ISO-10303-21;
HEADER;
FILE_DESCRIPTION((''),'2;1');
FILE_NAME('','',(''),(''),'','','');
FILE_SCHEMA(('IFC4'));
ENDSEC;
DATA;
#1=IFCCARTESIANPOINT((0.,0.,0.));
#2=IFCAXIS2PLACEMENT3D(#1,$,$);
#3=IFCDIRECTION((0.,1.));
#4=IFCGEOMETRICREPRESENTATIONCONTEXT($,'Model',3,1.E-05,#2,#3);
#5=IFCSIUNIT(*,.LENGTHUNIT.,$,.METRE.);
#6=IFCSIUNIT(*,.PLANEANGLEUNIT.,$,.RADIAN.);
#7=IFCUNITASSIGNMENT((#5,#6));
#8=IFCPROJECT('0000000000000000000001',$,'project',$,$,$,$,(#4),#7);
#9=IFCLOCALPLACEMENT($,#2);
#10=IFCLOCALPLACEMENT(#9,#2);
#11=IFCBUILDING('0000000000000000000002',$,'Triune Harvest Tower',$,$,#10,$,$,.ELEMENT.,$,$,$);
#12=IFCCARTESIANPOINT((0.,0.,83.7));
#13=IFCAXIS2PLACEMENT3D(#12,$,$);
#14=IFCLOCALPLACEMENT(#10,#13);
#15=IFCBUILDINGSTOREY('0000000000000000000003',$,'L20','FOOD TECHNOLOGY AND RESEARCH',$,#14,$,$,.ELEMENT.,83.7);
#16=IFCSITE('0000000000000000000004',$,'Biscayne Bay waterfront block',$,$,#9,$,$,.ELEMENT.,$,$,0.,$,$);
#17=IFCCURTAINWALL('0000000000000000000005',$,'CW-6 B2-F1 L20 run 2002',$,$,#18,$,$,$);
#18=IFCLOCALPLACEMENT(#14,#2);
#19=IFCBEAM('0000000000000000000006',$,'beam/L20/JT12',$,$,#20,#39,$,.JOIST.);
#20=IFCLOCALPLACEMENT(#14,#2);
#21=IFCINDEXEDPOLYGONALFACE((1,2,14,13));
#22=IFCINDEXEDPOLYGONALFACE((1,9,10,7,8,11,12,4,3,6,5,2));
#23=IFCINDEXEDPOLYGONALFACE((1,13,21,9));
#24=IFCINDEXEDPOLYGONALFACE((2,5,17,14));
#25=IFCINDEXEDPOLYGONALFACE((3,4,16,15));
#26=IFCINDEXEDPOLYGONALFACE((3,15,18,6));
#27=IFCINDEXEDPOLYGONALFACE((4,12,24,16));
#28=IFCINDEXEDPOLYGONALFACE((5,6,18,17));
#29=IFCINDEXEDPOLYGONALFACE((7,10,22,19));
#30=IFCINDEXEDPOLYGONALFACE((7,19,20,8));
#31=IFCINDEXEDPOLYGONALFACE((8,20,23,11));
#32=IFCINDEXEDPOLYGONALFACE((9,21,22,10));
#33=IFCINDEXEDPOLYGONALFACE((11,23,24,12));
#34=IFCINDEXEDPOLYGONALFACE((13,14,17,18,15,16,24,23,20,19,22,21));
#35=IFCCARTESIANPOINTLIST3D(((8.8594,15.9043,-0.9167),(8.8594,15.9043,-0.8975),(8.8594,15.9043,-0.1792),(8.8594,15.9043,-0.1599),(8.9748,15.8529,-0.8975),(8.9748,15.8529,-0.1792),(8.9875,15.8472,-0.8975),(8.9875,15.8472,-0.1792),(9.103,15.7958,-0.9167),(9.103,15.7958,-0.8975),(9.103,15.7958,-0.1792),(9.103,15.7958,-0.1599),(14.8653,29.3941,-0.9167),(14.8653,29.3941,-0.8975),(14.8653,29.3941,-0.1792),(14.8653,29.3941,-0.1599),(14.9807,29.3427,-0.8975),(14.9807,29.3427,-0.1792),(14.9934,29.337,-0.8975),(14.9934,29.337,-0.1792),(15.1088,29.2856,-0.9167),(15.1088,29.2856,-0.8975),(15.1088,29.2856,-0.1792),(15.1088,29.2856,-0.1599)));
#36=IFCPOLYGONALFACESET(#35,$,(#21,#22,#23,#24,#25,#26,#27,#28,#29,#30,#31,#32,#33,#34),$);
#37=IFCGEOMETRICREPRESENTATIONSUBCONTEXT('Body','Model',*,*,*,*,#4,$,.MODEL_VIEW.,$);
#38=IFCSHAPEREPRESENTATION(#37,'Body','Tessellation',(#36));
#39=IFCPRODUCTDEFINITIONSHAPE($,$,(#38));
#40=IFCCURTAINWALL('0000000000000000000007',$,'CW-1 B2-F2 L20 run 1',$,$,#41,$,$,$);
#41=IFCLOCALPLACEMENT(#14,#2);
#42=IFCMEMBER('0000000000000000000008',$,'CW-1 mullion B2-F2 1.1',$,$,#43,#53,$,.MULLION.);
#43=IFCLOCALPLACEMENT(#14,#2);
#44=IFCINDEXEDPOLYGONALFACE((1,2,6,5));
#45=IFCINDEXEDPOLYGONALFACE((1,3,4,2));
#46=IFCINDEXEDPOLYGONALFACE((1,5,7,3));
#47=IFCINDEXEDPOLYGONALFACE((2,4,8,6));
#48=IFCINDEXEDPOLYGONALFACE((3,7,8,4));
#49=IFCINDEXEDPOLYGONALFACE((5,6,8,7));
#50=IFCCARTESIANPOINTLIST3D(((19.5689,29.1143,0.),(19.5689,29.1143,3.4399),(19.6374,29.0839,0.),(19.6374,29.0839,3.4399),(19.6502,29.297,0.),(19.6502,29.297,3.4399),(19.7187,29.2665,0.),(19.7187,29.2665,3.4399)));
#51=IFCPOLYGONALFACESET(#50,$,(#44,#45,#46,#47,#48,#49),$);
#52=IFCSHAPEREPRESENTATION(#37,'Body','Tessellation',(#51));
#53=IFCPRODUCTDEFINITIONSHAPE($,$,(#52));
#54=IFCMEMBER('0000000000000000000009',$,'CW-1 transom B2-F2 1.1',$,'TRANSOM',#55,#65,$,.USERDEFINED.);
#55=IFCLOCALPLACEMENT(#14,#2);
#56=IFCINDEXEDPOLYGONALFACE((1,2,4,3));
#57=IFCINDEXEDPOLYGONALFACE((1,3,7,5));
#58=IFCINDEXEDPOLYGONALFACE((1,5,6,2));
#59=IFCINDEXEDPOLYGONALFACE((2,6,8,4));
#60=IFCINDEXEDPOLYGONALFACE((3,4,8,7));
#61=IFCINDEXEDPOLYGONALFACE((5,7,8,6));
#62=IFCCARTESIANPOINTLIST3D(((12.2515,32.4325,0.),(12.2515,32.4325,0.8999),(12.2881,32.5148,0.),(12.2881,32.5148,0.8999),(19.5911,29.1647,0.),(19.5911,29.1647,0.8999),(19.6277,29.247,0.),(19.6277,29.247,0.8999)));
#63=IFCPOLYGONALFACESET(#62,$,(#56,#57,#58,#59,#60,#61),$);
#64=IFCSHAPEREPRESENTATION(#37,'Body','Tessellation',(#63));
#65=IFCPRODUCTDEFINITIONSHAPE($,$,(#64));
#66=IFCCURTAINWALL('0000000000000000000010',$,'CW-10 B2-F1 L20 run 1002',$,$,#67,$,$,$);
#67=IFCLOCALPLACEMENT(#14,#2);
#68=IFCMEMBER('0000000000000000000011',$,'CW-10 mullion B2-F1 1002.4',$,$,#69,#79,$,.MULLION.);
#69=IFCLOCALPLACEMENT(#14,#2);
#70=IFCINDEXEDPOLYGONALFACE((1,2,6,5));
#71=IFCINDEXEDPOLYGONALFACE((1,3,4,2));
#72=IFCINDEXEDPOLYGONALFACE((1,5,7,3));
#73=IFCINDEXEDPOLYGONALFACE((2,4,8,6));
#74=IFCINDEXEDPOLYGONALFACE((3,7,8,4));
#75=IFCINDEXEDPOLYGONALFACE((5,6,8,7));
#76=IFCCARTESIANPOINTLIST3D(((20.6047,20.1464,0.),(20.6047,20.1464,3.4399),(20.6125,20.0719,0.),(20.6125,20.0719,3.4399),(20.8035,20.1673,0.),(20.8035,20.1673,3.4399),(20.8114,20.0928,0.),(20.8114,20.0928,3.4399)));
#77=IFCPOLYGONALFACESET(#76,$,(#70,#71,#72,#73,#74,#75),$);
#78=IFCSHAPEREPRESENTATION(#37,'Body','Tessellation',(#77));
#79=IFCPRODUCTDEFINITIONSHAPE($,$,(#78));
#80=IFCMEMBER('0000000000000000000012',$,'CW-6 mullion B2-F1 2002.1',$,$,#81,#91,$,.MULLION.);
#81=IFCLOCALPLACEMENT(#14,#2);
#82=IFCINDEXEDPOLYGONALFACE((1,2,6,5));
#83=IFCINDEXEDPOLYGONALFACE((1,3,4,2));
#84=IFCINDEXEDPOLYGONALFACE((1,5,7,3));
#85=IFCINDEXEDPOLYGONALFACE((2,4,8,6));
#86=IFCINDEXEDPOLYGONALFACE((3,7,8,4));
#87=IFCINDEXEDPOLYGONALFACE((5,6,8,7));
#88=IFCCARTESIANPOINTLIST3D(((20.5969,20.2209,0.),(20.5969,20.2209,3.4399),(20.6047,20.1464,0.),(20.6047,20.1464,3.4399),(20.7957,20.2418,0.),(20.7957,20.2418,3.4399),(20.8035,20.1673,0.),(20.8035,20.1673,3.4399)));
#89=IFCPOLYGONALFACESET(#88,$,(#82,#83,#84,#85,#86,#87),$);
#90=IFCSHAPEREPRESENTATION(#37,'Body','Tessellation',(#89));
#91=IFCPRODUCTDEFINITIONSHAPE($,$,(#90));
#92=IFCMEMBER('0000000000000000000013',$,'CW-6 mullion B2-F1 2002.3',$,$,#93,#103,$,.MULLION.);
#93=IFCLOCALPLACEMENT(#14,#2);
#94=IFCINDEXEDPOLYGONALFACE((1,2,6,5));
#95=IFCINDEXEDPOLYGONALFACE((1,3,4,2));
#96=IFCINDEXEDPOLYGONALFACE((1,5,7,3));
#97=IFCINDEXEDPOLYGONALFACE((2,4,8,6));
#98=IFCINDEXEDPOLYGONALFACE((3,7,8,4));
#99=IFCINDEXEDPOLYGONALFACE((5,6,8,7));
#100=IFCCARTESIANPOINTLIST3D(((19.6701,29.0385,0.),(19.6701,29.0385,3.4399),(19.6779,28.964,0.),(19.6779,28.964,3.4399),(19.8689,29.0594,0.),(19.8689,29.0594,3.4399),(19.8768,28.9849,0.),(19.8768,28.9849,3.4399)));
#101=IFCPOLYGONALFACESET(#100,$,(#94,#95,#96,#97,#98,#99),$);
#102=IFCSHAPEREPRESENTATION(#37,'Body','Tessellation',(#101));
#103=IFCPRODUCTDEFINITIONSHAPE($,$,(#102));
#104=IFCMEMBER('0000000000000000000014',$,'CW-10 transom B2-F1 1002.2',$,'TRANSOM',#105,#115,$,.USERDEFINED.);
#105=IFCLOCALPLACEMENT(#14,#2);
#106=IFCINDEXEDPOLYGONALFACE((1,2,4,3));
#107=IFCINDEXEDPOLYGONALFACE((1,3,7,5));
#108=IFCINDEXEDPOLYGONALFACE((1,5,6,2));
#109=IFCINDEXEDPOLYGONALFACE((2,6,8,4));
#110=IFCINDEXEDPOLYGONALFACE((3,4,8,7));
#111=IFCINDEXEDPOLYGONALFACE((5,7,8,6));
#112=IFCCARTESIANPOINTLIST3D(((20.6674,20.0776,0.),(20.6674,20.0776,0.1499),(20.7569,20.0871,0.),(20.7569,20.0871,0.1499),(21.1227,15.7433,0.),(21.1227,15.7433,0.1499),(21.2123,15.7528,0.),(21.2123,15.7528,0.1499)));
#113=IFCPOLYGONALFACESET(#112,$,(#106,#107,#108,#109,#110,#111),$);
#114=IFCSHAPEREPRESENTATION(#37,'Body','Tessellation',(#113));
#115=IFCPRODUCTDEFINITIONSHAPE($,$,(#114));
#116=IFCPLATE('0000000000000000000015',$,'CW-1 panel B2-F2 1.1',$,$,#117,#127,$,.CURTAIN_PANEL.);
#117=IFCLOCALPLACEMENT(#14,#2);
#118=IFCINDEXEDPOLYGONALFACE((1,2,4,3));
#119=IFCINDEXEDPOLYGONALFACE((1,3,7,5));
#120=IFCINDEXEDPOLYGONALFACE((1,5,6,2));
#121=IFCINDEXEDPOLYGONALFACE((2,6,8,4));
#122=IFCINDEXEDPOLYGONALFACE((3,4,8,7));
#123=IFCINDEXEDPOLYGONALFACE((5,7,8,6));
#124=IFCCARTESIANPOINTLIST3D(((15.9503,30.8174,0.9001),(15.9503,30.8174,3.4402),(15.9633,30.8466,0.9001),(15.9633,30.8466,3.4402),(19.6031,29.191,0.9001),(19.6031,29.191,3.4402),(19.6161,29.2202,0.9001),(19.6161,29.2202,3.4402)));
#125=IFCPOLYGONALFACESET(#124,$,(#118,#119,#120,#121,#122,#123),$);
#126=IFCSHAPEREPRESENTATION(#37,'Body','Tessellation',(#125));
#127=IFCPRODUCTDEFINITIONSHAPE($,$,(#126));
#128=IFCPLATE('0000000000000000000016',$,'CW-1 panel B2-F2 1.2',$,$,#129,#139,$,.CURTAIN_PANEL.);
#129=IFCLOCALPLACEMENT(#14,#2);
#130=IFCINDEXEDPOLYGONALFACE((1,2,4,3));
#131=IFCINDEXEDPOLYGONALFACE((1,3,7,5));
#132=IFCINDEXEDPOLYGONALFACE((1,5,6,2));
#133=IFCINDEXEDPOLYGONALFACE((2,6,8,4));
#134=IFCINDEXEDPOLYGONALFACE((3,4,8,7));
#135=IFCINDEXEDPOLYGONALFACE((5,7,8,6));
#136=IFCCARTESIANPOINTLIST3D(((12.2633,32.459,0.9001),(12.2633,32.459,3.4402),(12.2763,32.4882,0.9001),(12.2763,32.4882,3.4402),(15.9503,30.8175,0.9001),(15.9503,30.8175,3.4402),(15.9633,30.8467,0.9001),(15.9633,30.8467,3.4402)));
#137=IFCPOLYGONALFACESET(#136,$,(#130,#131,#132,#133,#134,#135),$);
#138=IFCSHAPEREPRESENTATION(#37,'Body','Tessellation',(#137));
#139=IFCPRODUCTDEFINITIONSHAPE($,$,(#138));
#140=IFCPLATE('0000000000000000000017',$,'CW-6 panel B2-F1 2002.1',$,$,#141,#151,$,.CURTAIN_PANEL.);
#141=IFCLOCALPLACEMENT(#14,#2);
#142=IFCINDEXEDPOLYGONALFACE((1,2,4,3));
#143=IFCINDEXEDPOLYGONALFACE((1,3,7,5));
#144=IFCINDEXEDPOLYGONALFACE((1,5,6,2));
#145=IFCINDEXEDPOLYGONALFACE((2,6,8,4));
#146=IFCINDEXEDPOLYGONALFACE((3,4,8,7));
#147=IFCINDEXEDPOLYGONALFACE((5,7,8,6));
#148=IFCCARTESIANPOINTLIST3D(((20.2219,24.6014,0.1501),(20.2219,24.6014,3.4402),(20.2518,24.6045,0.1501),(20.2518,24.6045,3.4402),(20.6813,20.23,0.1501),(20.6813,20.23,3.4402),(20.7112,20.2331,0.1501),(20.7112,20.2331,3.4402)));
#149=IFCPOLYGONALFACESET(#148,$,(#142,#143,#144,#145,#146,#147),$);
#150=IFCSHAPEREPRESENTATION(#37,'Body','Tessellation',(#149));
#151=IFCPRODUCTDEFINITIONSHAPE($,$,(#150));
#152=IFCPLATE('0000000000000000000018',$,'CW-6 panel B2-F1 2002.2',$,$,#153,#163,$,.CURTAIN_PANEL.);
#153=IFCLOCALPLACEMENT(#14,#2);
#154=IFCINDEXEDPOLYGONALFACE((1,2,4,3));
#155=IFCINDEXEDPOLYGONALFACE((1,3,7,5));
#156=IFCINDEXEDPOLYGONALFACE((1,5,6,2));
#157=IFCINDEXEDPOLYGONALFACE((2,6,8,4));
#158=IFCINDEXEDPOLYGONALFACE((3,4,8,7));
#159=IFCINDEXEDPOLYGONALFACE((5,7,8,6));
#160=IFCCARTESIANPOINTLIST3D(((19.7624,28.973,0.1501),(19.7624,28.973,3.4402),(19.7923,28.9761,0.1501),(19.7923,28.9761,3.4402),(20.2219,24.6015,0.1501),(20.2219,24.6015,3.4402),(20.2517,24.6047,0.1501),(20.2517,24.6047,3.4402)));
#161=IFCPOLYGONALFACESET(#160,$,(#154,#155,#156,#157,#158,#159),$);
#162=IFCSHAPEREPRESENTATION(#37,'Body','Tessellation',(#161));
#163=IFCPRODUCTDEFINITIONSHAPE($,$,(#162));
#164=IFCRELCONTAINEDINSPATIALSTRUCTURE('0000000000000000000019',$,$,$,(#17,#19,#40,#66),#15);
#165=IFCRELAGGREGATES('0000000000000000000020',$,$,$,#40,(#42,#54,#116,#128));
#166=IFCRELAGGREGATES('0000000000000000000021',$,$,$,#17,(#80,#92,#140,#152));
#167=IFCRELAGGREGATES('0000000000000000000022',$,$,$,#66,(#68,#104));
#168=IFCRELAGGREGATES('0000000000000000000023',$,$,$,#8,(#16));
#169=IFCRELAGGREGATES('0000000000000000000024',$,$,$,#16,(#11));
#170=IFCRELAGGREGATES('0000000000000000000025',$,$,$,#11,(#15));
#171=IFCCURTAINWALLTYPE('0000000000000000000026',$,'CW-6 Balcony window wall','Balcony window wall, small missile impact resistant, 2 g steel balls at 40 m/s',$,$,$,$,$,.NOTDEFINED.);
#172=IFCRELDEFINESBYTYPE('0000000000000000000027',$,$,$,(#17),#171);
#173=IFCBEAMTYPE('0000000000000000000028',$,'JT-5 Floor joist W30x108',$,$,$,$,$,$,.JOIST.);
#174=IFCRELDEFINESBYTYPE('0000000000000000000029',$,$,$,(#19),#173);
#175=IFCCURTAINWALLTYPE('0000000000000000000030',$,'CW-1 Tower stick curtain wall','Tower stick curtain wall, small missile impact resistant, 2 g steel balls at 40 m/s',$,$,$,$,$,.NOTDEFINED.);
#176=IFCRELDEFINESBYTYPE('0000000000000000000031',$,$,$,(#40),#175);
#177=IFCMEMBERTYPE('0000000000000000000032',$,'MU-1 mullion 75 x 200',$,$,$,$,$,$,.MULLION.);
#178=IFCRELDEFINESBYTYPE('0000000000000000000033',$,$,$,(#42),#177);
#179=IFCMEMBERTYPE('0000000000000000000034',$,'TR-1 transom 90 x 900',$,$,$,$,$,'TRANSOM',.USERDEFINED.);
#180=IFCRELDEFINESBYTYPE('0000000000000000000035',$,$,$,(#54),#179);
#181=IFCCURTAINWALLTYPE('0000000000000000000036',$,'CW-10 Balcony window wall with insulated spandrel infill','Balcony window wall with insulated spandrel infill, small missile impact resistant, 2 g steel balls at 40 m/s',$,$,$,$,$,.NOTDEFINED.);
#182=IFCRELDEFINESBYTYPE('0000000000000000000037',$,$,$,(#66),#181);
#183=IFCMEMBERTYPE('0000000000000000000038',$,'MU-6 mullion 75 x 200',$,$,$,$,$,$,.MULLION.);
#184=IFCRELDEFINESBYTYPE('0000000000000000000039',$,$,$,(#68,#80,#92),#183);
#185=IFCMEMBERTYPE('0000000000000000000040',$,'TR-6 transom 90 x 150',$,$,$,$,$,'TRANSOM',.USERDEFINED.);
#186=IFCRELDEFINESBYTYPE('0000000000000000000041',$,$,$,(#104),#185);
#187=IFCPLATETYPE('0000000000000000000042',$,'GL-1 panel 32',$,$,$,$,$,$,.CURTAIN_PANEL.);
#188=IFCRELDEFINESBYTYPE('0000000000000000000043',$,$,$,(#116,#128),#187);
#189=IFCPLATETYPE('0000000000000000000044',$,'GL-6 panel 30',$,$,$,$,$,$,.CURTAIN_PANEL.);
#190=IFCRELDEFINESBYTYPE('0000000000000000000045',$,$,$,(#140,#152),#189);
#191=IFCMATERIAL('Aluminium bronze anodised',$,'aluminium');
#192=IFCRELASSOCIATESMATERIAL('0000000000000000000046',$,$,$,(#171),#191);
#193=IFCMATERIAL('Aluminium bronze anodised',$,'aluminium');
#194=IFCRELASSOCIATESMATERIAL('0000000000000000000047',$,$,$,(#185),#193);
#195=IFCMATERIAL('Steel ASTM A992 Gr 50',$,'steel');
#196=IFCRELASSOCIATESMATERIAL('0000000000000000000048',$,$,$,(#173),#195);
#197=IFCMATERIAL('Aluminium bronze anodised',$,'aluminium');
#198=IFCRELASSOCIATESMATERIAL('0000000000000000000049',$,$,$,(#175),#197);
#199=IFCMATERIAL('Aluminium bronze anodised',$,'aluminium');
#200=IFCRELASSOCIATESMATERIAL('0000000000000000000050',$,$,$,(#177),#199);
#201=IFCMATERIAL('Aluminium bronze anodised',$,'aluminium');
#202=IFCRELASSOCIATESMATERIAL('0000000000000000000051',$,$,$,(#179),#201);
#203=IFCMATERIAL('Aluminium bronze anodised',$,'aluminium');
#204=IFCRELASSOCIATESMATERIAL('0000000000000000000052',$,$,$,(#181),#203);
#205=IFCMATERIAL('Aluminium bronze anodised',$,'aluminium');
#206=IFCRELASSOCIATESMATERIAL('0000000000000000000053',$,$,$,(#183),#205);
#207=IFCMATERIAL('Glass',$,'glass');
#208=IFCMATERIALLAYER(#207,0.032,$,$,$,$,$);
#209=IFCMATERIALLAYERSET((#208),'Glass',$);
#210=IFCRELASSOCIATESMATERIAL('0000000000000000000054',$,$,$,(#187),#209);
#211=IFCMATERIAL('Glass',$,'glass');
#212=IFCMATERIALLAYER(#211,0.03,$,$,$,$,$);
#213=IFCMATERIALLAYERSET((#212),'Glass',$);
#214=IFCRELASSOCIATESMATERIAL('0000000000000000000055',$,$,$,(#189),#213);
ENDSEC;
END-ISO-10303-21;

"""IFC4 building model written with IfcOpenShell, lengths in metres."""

from ifc_helpers import new_model, si_unit, direction, frame, origin, origin_2d, place, context, subcontext, project, spatial, rectangle, i_section, extrude, source, transform, mapped, material, layer, layer_set, material_profile, profile_set, type_object, element, aggregate, save


model = new_model("IFC4")

# Units and contexts
model_context = context("Model", 3, precision=1e-05, world=origin(), true_north=direction((0.0, 1.0)))
body_context = subcontext(model_context, "Body", "Model", "MODEL_VIEW")
ifc_project = project(units=[si_unit("LENGTHUNIT", "METRE"), si_unit("PLANEANGLEUNIT", "RADIAN")], contexts=[model_context])

# Site, building, storey
site_placement = place(None, origin())
site = spatial("IfcSite", under=ifc_project, at=site_placement, Name="Biscayne Bay waterfront block", CompositionType="ELEMENT", RefElevation=0.0)
building_placement = place(site_placement, origin())
building = spatial("IfcBuilding", under=site, at=building_placement, Name="Triune Harvest Tower", CompositionType="ELEMENT")
storey_placement = place(building_placement, frame((0.0, 0.0, 83.7)))
storey = spatial("IfcBuildingStorey", under=building, at=storey_placement, Name="L20", Description="FOOD TECHNOLOGY AND RESEARCH", CompositionType="ELEMENT", Elevation=83.7)

# Curtain wall
ifc_material_1 = material(Name="Aluminium bronze anodised", Category="aluminium")
curtain_wall_type_1 = type_object("IfcCurtainWallType", Name="CW-6 Balcony window wall", Description="Balcony window wall, small missile impact resistant, 2 g steel balls at 40 m/s", PredefinedType="NOTDEFINED", material=ifc_material_1)
curtain_wall_1_placement = place(storey_placement, origin())
curtain_wall_1 = element("IfcCurtainWall", 1, at=curtain_wall_1_placement, inside=storey, type_object=curtain_wall_type_1, Name="CW-6 B2-F1 L20 run 2002")
ifc_material_2 = material(Name="Aluminium bronze anodised", Category="aluminium")
ifc_material_profile_1 = material_profile(ifc_material_2, rectangle(XDim=0.0901, YDim=0.1499, at=origin_2d()), Name="TR-6 transom 90 x 150")
ifc_profile_set_1 = profile_set([ifc_material_profile_1], Name="Aluminium bronze anodised")
member_type_1 = type_object("IfcMemberType", Name="TR-6 transom 90 x 150", ElementType="TRANSOM", PredefinedType="USERDEFINED", material=ifc_profile_set_1)

# Beam
ifc_material_3 = material(Name="Steel ASTM A992 Gr 50", Category="steel")
ifc_material_profile_2 = material_profile(ifc_material_3, i_section(OverallWidth=0.2666, OverallDepth=0.7568, WebThickness=0.0139, FlangeThickness=0.0193, at=origin_2d()), Name="W30x108")
ifc_profile_set_2 = profile_set([ifc_material_profile_2], Name="Steel ASTM A992 Gr 50")
beam_type_1 = type_object("IfcBeamType", Name="JT-5 Floor joist W30x108", PredefinedType="JOIST", material=ifc_profile_set_2)
shared_shape_1 = source(origin(), body_context, "Body", "SweptSolid", [
    extrude(i_section(OverallWidth=0.2666, OverallDepth=0.7568, WebThickness=0.0139, FlangeThickness=0.0193, at=origin_2d()), origin(), (0.0, 0.0, 1.0), 14.7664),
])
beam_1_placement = place(storey_placement, frame((14.9871, 29.3398, -0.5383), z_axis=(-0.406727, -0.91355, 0.0), x_axis=(0.91355, -0.406727, 0.0)))
element("IfcBeam", 2, at=beam_1_placement, inside=storey, type_object=beam_type_1, Name="beam/L20/JT12", PredefinedType="JOIST", context=body_context, shape_type="MappedRepresentation", body=[
    mapped(shared_shape_1, transform((0.0, 0.0, 0.0), scale=1.0)),
])

# Curtain wall, members
ifc_material_4 = material(Name="Aluminium bronze anodised", Category="aluminium")
curtain_wall_type_2 = type_object("IfcCurtainWallType", Name="CW-1 Tower stick curtain wall", Description="Tower stick curtain wall, small missile impact resistant, 2 g steel balls at 40 m/s", PredefinedType="NOTDEFINED", material=ifc_material_4)
curtain_wall_2_placement = place(storey_placement, origin())
curtain_wall_2 = element("IfcCurtainWall", 3, at=curtain_wall_2_placement, inside=storey, type_object=curtain_wall_type_2, Name="CW-1 B2-F2 L20 run 1")
ifc_material_5 = material(Name="Aluminium bronze anodised", Category="aluminium")
ifc_material_profile_3 = material_profile(ifc_material_5, rectangle(XDim=0.2, YDim=0.075, at=origin_2d()), Name="MU-1 mullion 75 x 200")
ifc_profile_set_3 = profile_set([ifc_material_profile_3], Name="Aluminium bronze anodised")
member_type_2 = type_object("IfcMemberType", Name="MU-1 mullion 75 x 200", PredefinedType="MULLION", material=ifc_profile_set_3)
shared_shape_2 = source(origin(), body_context, "Body", "SweptSolid", [
    extrude(rectangle(XDim=0.2, YDim=0.075, at=origin_2d()), origin(), (0.0, 0.0, 1.0), 3.4399),
])
member_1_placement = place(storey_placement, frame((19.6438, 29.1904, 0.0), z_axis=(0.0, 0.0, 1.0), x_axis=(-0.406734, -0.913547, 0.0)))
member_1 = element("IfcMember", 4, at=member_1_placement, type_object=member_type_2, Name="CW-1 mullion B2-F2 1.1", PredefinedType="MULLION", context=body_context, shape_type="MappedRepresentation", body=[
    mapped(shared_shape_2, transform((0.0, 0.0, 0.0), scale=1.0)),
])
ifc_material_6 = material(Name="Aluminium bronze anodised", Category="aluminium")
ifc_material_profile_4 = material_profile(ifc_material_6, rectangle(XDim=0.0901, YDim=0.8999, at=origin_2d()), Name="TR-1 transom 90 x 900")
ifc_profile_set_4 = profile_set([ifc_material_profile_4], Name="Aluminium bronze anodised")
member_type_3 = type_object("IfcMemberType", Name="TR-1 transom 90 x 900", ElementType="TRANSOM", PredefinedType="USERDEFINED", material=ifc_profile_set_4)
shared_shape_3 = source(origin(), body_context, "Body", "SweptSolid", [
    extrude(rectangle(XDim=0.0901, YDim=0.8999, at=origin_2d()), origin(), (0.0, 0.0, 1.0), 8.0342),
])
member_2_placement = place(storey_placement, frame((19.6094, 29.2058, 0.45), z_axis=(-0.913544, 0.406739, 0.0), x_axis=(-0.406739, -0.913544, 0.0)))
member_2 = element("IfcMember", 5, at=member_2_placement, type_object=member_type_3, Name="CW-1 transom B2-F2 1.1", ObjectType="TRANSOM", PredefinedType="USERDEFINED", context=body_context, shape_type="MappedRepresentation", body=[
    mapped(shared_shape_3, transform((0.0, 0.0, 0.0), scale=1.0)),
])

# Curtain wall, member
ifc_material_7 = material(Name="Aluminium bronze anodised", Category="aluminium")
curtain_wall_type_3 = type_object("IfcCurtainWallType", Name="CW-10 Balcony window wall with insulated spandrel infill", Description="Balcony window wall with insulated spandrel infill, small missile impact resistant, 2 g steel balls at 40 m/s", PredefinedType="NOTDEFINED", material=ifc_material_7)
curtain_wall_3_placement = place(storey_placement, origin())
curtain_wall_3 = element("IfcCurtainWall", 6, at=curtain_wall_3_placement, inside=storey, type_object=curtain_wall_type_3, Name="CW-10 B2-F1 L20 run 1002")
ifc_material_8 = material(Name="Aluminium bronze anodised", Category="aluminium")
ifc_material_profile_5 = material_profile(ifc_material_8, rectangle(XDim=0.2, YDim=0.075, at=origin_2d()), Name="MU-6 mullion 75 x 200")
ifc_profile_set_5 = profile_set([ifc_material_profile_5], Name="Aluminium bronze anodised")
member_type_4 = type_object("IfcMemberType", Name="MU-6 mullion 75 x 200", PredefinedType="MULLION", material=ifc_profile_set_5)
shared_shape_4 = source(origin(), body_context, "Body", "SweptSolid", [
    extrude(rectangle(XDim=0.2, YDim=0.075, at=origin_2d()), origin(), (0.0, 0.0, 1.0), 3.4399),
])
member_3_placement = place(storey_placement, frame((20.708, 20.1196, 0.0), z_axis=(0.0, 0.0, 1.0), x_axis=(-0.994522, -0.104528, 0.0)))
member_3 = element("IfcMember", 7, at=member_3_placement, type_object=member_type_4, Name="CW-10 mullion B2-F1 1002.4", PredefinedType="MULLION", context=body_context, shape_type="MappedRepresentation", body=[
    mapped(shared_shape_4, transform((0.0, 0.0, 0.0), scale=1.0)),
])

# Members
member_4_placement = place(storey_placement, frame((20.7002, 20.1941, 0.0), z_axis=(0.0, 0.0, 1.0), x_axis=(-0.994522, -0.104527, 0.0)))
member_4 = element("IfcMember", 8, at=member_4_placement, type_object=member_type_4, Name="CW-6 mullion B2-F1 2002.1", PredefinedType="MULLION", context=body_context, shape_type="MappedRepresentation", body=[
    mapped(shared_shape_4, transform((0.0, 0.0, 0.0), scale=1.0)),
])
member_5_placement = place(storey_placement, frame((19.7734, 29.0117, 0.0), z_axis=(0.0, 0.0, 1.0), x_axis=(-0.994522, -0.104527, 0.0)))
member_5 = element("IfcMember", 9, at=member_5_placement, type_object=member_type_4, Name="CW-6 mullion B2-F1 2002.3", PredefinedType="MULLION", context=body_context, shape_type="MappedRepresentation", body=[
    mapped(shared_shape_4, transform((0.0, 0.0, 0.0), scale=1.0)),
])
shared_shape_5 = source(origin(), body_context, "Body", "SweptSolid", [
    extrude(rectangle(XDim=0.0901, YDim=0.1499, at=origin_2d()), origin(), (0.0, 0.0, 1.0), 4.3582),
])
member_6_placement = place(storey_placement, frame((21.1675, 15.748, 0.075), z_axis=(-0.104478, 0.994527, 0.0), x_axis=(-0.994527, -0.104478, 0.0)))
member_6 = element("IfcMember", 10, at=member_6_placement, type_object=member_type_1, Name="CW-10 transom B2-F1 1002.2", ObjectType="TRANSOM", PredefinedType="USERDEFINED", context=body_context, shape_type="MappedRepresentation", body=[
    mapped(shared_shape_5, transform((0.0, 0.0, 0.0), scale=1.0)),
])

# Plates
ifc_material_9 = material(Name="Glass", Category="glass")
ifc_layer_1 = layer(ifc_material_9, 0.032)
ifc_layer_set_1 = layer_set([ifc_layer_1], Name="Glass")
plate_type_1 = type_object("IfcPlateType", Name="GL-1 panel 32", PredefinedType="CURTAIN_PANEL", material=ifc_layer_set_1)
shared_shape_6 = source(origin(), body_context, "Body", "SweptSolid", [
    extrude(rectangle(XDim=3.9985, YDim=0.032, at=origin_2d()), origin(), (0.0, 0.0, 1.0), 2.54),
])
plate_1_placement = place(storey_placement, frame((17.7832, 30.0188, 0.9001), z_axis=(0.0, 0.0, 1.0), x_axis=(-0.913547, 0.406734, 0.0)))
plate_1 = element("IfcPlate", 11, at=plate_1_placement, type_object=plate_type_1, Name="CW-1 panel B2-F2 1.1", PredefinedType="CURTAIN_PANEL", context=body_context, shape_type="MappedRepresentation", body=[
    mapped(shared_shape_6, transform((0.0, 0.0, 0.0), scale=1.0)),
])
shared_shape_7 = source(origin(), body_context, "Body", "SweptSolid", [
    extrude(rectangle(XDim=4.0359, YDim=0.032, at=origin_2d()), origin(), (0.0, 0.0, 1.0), 2.54),
])
plate_2_placement = place(storey_placement, frame((14.1133, 31.6528, 0.9001), z_axis=(0.0, 0.0, 1.0), x_axis=(-0.913547, 0.406734, 0.0)))
plate_2 = element("IfcPlate", 12, at=plate_2_placement, type_object=plate_type_1, Name="CW-1 panel B2-F2 1.2", PredefinedType="CURTAIN_PANEL", context=body_context, shape_type="MappedRepresentation", body=[
    mapped(shared_shape_7, transform((0.0, 0.0, 0.0), scale=1.0)),
])
aggregate(curtain_wall_2, [member_1, member_2, plate_1, plate_2])
ifc_material_10 = material(Name="Glass", Category="glass")
ifc_layer_2 = layer(ifc_material_10, 0.03)
ifc_layer_set_2 = layer_set([ifc_layer_2], Name="Glass")
plate_type_2 = type_object("IfcPlateType", Name="GL-6 panel 30", PredefinedType="CURTAIN_PANEL", material=ifc_layer_set_2)
shared_shape_8 = source(origin(), body_context, "Body", "SweptSolid", [
    extrude(rectangle(XDim=4.3955, YDim=0.03, at=origin_2d()), origin(), (0.0, 0.0, 1.0), 3.29),
])
plate_3_placement = place(storey_placement, frame((20.4666, 22.4172, 0.1501), z_axis=(0.0, 0.0, 1.0), x_axis=(-0.104527, 0.994522, 0.0)))
plate_3 = element("IfcPlate", 13, at=plate_3_placement, type_object=plate_type_2, Name="CW-6 panel B2-F1 2002.1", PredefinedType="CURTAIN_PANEL", context=body_context, shape_type="MappedRepresentation", body=[
    mapped(shared_shape_8, transform((0.0, 0.0, 0.0), scale=1.0)),
])
plate_4_placement = place(storey_placement, frame((20.0071, 26.7888, 0.1501), z_axis=(0.0, 0.0, 1.0), x_axis=(-0.104527, 0.994522, 0.0)))
plate_4 = element("IfcPlate", 14, at=plate_4_placement, type_object=plate_type_2, Name="CW-6 panel B2-F1 2002.2", PredefinedType="CURTAIN_PANEL", context=body_context, shape_type="MappedRepresentation", body=[
    mapped(shared_shape_8, transform((0.0, 0.0, 0.0), scale=1.0)),
])
aggregate(curtain_wall_1, [member_4, member_5, plate_3, plate_4])
aggregate(curtain_wall_3, [member_3, member_6])

save(model, "model.ifc")
